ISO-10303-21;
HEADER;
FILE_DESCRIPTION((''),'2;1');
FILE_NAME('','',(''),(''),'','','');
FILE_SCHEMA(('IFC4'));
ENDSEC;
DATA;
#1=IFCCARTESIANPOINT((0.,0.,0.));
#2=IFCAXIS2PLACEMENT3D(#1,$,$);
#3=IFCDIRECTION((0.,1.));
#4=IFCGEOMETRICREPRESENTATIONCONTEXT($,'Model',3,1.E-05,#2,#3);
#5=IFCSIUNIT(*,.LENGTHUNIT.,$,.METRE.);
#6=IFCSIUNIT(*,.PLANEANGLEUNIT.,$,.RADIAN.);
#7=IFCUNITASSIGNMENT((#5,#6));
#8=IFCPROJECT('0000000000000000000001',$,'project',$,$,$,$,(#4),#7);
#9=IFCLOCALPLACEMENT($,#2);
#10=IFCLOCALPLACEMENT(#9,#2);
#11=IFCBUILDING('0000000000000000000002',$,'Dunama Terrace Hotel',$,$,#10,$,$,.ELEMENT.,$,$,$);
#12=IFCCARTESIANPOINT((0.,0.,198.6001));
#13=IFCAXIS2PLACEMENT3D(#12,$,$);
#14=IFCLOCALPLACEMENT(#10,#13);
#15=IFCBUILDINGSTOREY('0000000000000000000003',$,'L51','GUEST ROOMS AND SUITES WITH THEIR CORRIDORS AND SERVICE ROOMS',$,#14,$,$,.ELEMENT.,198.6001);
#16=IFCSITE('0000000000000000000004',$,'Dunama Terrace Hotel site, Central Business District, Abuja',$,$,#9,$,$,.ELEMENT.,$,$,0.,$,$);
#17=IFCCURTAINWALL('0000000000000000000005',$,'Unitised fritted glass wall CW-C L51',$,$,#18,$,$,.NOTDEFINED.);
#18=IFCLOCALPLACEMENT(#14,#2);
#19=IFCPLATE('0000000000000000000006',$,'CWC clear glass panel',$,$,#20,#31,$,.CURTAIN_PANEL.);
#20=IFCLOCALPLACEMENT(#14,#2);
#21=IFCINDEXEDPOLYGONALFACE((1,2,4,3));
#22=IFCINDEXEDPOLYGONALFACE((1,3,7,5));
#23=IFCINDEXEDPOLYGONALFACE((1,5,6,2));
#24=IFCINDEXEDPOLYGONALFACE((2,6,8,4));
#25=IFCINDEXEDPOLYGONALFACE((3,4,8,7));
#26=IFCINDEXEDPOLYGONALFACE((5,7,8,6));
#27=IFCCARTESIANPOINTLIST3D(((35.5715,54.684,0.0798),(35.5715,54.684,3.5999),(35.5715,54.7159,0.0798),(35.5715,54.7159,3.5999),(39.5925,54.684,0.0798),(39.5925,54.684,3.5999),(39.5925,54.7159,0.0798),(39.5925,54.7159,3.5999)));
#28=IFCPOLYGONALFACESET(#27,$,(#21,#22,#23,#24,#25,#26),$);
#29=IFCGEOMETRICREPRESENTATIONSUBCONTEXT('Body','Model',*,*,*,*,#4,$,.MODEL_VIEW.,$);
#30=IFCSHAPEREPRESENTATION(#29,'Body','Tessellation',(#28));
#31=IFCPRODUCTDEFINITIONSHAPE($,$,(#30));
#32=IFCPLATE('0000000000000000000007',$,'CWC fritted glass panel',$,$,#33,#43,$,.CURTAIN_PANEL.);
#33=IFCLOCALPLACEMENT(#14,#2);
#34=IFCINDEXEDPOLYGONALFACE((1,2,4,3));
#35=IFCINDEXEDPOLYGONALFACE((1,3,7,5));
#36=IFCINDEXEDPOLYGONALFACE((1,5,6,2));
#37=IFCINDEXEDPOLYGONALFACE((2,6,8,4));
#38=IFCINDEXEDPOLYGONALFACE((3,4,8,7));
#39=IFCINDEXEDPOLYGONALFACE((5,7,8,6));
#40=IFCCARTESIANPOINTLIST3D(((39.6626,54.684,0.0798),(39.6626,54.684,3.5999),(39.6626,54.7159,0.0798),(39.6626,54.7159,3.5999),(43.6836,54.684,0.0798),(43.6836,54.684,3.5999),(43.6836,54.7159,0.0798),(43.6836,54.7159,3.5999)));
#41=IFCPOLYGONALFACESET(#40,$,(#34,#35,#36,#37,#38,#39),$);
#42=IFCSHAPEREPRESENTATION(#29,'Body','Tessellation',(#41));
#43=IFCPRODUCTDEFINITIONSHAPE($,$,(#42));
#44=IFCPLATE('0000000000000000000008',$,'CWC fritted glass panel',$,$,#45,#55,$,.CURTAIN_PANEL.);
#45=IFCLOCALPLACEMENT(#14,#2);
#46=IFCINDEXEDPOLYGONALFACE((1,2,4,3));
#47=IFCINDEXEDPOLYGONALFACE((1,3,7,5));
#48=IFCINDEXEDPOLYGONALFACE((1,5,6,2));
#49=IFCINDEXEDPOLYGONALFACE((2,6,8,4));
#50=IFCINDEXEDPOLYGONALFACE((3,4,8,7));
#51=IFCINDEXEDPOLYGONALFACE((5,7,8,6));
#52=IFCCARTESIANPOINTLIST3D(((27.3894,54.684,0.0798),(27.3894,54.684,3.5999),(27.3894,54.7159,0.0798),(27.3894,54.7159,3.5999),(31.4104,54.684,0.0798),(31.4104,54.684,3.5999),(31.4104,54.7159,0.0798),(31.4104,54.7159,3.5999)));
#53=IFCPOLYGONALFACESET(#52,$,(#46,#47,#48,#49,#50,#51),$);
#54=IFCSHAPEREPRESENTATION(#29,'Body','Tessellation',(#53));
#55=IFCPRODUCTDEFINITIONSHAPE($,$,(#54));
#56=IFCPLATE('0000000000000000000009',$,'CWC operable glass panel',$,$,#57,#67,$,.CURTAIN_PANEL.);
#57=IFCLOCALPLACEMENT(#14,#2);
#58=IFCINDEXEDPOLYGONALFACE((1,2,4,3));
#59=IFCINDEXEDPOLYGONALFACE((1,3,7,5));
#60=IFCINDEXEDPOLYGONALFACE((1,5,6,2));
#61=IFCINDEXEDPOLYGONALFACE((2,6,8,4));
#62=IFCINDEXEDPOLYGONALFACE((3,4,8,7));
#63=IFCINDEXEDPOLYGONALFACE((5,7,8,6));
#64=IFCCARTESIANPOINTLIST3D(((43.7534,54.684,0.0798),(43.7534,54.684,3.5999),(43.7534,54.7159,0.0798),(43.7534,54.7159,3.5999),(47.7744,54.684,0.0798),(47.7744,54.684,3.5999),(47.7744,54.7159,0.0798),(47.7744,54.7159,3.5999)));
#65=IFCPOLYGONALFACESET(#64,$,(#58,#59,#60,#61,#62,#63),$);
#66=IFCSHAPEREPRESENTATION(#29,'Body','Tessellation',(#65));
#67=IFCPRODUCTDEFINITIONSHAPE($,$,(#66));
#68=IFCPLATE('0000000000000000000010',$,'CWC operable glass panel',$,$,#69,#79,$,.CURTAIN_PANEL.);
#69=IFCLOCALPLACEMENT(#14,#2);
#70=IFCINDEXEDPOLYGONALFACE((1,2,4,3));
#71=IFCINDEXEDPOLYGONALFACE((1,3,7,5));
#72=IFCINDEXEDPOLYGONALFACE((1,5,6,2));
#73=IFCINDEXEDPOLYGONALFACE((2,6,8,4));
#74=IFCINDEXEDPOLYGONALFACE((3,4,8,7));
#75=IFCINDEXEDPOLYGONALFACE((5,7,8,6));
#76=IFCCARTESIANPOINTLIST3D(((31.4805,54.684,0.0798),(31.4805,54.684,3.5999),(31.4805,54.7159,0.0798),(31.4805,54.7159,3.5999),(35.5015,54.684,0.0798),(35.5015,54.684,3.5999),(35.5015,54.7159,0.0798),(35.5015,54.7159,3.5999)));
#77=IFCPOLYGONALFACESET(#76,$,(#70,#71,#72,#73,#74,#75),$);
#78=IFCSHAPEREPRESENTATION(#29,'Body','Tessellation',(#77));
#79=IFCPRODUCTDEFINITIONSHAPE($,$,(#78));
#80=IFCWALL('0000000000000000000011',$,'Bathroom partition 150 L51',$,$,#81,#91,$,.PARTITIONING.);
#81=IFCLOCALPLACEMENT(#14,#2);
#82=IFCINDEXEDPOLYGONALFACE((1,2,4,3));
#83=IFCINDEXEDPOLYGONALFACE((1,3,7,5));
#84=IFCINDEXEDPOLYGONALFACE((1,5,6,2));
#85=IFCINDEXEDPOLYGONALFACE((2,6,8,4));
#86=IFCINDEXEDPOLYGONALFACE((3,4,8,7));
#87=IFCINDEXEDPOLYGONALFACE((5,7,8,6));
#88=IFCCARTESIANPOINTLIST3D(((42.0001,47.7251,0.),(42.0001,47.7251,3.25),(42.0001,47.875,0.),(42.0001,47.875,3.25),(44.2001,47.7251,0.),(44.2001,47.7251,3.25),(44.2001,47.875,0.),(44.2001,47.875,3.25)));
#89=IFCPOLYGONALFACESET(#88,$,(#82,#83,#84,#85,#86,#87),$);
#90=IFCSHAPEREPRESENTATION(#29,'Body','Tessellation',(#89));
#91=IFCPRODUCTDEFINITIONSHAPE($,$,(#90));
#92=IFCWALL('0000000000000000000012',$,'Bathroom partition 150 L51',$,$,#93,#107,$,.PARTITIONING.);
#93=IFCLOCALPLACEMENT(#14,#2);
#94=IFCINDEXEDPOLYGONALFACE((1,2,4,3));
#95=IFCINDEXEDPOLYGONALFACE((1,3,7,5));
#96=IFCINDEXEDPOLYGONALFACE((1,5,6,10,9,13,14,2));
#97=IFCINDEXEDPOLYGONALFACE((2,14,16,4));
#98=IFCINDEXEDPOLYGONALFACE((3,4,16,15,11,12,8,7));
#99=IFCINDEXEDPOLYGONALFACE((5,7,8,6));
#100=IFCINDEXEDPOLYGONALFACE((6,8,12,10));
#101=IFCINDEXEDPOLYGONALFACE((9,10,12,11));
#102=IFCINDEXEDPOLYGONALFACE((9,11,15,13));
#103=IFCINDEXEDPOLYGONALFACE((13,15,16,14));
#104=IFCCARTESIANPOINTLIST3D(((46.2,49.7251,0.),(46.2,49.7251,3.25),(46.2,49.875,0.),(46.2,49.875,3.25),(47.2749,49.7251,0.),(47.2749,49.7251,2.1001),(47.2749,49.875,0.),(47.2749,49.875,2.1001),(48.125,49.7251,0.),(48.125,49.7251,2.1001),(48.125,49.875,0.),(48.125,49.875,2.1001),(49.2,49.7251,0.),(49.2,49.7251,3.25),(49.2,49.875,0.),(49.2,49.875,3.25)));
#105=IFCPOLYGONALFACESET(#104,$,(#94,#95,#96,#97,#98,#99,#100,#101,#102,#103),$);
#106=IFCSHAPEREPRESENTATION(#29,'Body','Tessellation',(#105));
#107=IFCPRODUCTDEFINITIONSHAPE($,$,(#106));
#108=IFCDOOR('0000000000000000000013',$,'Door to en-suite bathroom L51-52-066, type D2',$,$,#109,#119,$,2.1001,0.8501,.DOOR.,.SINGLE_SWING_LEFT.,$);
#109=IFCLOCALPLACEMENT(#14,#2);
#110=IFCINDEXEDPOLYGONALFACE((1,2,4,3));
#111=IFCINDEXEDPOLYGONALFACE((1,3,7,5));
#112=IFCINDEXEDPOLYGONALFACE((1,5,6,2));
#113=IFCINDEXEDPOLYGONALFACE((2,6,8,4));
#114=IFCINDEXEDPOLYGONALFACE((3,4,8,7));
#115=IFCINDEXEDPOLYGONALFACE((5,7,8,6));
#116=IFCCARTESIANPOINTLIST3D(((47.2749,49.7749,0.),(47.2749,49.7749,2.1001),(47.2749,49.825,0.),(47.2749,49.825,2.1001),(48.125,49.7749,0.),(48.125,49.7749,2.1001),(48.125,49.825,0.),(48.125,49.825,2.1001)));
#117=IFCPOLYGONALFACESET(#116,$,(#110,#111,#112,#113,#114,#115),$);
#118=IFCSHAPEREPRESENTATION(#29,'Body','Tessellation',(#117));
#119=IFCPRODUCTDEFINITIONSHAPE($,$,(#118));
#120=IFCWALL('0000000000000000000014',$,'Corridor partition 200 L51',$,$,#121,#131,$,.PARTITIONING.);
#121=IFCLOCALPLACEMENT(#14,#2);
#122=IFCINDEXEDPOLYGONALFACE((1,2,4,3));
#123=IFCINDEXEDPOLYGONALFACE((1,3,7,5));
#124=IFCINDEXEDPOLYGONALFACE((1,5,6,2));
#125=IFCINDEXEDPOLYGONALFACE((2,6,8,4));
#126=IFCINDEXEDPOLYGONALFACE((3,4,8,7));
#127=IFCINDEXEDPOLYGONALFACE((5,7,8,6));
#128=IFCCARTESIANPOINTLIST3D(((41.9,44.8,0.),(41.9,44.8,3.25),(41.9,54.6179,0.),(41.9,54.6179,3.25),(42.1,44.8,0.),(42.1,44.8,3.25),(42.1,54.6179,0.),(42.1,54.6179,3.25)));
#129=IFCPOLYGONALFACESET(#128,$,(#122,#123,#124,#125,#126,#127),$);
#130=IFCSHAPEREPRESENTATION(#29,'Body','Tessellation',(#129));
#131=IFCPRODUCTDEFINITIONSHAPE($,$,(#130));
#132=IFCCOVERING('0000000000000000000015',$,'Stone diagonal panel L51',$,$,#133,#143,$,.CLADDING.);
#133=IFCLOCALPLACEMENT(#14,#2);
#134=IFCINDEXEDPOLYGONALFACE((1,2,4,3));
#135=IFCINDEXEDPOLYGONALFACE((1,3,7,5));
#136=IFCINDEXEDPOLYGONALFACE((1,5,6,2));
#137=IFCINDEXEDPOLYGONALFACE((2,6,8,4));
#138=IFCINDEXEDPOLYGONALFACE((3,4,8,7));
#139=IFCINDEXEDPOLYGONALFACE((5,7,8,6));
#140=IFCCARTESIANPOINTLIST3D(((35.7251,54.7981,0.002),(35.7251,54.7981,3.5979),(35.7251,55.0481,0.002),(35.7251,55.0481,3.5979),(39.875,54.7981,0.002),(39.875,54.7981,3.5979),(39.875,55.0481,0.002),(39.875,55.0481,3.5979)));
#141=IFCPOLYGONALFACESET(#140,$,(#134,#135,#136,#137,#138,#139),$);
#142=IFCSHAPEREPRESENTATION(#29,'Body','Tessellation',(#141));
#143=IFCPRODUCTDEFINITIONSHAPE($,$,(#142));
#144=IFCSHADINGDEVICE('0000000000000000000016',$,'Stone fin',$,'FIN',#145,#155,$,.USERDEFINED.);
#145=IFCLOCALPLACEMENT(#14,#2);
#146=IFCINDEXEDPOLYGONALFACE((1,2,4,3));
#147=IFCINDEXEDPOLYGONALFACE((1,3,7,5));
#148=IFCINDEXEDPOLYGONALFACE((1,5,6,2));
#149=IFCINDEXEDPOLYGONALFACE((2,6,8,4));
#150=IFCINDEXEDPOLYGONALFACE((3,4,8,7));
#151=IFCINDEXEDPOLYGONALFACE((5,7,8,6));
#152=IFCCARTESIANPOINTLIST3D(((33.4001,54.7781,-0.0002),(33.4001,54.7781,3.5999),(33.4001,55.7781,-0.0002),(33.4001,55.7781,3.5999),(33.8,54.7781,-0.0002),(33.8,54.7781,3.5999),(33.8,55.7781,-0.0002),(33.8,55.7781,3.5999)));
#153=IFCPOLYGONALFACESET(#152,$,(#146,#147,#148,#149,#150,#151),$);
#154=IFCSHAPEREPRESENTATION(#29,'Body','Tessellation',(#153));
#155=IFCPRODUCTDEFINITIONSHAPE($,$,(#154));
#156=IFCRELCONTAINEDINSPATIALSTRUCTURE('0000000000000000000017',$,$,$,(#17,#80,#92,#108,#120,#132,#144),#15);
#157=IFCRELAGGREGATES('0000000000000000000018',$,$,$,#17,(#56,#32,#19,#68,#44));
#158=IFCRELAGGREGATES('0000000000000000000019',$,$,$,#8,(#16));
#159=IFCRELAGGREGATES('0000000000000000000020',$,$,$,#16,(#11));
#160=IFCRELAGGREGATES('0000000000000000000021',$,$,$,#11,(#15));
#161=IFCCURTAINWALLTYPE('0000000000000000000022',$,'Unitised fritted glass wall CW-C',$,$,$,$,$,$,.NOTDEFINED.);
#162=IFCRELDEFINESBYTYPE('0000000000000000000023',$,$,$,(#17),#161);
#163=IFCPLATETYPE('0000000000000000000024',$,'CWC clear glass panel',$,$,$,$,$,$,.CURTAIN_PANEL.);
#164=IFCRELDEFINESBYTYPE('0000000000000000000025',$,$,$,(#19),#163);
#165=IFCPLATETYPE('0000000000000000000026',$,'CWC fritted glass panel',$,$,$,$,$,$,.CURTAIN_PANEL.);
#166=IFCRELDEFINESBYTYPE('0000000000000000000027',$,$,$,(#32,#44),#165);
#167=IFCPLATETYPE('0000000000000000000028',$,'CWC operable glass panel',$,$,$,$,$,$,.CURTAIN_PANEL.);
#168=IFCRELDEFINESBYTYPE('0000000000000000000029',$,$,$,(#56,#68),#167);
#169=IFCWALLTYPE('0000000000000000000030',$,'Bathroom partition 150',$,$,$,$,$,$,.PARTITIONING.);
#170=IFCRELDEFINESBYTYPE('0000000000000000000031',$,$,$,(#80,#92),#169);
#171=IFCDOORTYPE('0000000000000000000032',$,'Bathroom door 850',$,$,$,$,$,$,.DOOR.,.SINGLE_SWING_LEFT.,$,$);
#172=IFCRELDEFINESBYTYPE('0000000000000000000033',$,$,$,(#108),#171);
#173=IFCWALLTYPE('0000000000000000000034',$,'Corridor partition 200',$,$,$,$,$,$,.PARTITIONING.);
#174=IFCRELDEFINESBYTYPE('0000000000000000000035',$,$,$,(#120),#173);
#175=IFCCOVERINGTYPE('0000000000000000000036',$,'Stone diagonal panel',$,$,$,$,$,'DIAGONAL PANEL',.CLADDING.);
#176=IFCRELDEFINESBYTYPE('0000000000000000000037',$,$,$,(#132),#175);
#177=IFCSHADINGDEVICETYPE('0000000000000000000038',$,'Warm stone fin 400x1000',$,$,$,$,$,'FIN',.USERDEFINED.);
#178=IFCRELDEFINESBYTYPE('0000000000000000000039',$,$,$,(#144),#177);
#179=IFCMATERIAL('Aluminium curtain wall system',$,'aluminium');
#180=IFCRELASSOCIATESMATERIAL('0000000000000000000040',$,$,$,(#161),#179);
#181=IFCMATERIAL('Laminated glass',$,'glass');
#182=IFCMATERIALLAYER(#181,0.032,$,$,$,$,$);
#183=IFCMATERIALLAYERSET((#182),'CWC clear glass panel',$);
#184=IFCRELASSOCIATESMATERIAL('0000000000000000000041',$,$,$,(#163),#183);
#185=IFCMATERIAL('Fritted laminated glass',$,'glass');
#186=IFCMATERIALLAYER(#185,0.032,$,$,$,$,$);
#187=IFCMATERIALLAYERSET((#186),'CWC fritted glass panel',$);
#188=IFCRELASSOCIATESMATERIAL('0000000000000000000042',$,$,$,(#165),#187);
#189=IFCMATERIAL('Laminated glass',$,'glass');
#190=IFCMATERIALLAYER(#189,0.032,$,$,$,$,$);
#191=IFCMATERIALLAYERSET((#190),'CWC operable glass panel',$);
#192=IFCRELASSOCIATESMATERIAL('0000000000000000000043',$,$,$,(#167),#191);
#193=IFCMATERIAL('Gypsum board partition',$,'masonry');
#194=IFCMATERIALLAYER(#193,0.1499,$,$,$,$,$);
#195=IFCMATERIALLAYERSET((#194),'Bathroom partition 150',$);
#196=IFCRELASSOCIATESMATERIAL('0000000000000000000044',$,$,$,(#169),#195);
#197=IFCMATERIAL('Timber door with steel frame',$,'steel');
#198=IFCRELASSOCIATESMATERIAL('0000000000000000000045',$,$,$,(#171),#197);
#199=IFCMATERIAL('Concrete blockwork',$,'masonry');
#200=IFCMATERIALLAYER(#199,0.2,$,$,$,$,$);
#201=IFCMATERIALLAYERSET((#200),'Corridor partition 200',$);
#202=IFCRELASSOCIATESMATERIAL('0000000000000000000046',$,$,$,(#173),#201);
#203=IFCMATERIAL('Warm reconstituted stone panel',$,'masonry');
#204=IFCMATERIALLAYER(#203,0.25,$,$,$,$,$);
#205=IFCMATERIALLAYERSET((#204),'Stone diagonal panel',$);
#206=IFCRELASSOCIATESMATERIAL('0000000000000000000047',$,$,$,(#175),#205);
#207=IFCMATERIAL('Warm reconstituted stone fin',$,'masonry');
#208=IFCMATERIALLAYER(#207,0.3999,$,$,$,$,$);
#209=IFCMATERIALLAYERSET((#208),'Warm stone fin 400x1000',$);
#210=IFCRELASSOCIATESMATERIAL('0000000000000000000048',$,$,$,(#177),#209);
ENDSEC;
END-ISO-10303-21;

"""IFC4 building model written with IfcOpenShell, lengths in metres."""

from ifc_helpers import new_model, si_unit, direction, frame, frame_2d, origin, origin_2d, place, context, subcontext, project, spatial, rectangle, extrude, material, layer, layer_set, type_object, element, fill, aggregate, save


model = new_model("IFC4")

# Units and contexts
model_context = context("Model", 3, precision=1e-05, world=origin(), true_north=direction((0.0, 1.0)))
body_context = subcontext(model_context, "Body", "Model", "MODEL_VIEW")
ifc_project = project(units=[si_unit("LENGTHUNIT", "METRE"), si_unit("PLANEANGLEUNIT", "RADIAN")], contexts=[model_context])

# Site, building, storey
site_placement = place(None, origin())
site = spatial("IfcSite", under=ifc_project, at=site_placement, Name="Dunama Terrace Hotel site, Central Business District, Abuja", CompositionType="ELEMENT", RefElevation=0.0)
building_placement = place(site_placement, origin())
building = spatial("IfcBuilding", under=site, at=building_placement, Name="Dunama Terrace Hotel", CompositionType="ELEMENT")
storey_placement = place(building_placement, frame((0.0, 0.0, 198.6001)))
storey = spatial("IfcBuildingStorey", under=building, at=storey_placement, Name="L51", Description="GUEST ROOMS AND SUITES WITH THEIR CORRIDORS AND SERVICE ROOMS", CompositionType="ELEMENT", Elevation=198.6001)

# Curtain wall
ifc_material_1 = material(Name="Aluminium curtain wall system", Category="aluminium")
curtain_wall_type = type_object("IfcCurtainWallType", Name="Unitised fritted glass wall CW-C", PredefinedType="NOTDEFINED", material=ifc_material_1)
curtain_wall_placement = place(storey_placement, origin())
curtain_wall = element("IfcCurtainWall", 1, at=curtain_wall_placement, inside=storey, type_object=curtain_wall_type, Name="Unitised fritted glass wall CW-C L51", PredefinedType="NOTDEFINED")

# Plates
ifc_material_2 = material(Name="Laminated glass", Category="glass")
ifc_layer_1 = layer(ifc_material_2, 0.032)
ifc_layer_set_1 = layer_set([ifc_layer_1], Name="CWC clear glass panel")
plate_type_1 = type_object("IfcPlateType", Name="CWC clear glass panel", PredefinedType="CURTAIN_PANEL", material=ifc_layer_set_1)
plate_1_placement = place(storey_placement, frame((37.582, 54.7, 0.0798), z_axis=(0.0, 0.0, 1.0), x_axis=(-1.0, 0.0, 0.0)))
plate_1 = element("IfcPlate", 2, at=plate_1_placement, type_object=plate_type_1, Name="CWC clear glass panel", PredefinedType="CURTAIN_PANEL", context=body_context, shape_type="SweptSolid", body=[
    extrude(rectangle(XDim=4.021, YDim=0.032, at=origin_2d()), origin(), (0.0, 0.0, 1.0), 3.52),
])
ifc_material_3 = material(Name="Fritted laminated glass", Category="glass")
ifc_layer_2 = layer(ifc_material_3, 0.032)
ifc_layer_set_2 = layer_set([ifc_layer_2], Name="CWC fritted glass panel")
plate_type_2 = type_object("IfcPlateType", Name="CWC fritted glass panel", PredefinedType="CURTAIN_PANEL", material=ifc_layer_set_2)
plate_2_placement = place(storey_placement, frame((41.6731, 54.7, 0.0798), z_axis=(0.0, 0.0, 1.0), x_axis=(-1.0, 0.0, 0.0)))
plate_2 = element("IfcPlate", 3, at=plate_2_placement, type_object=plate_type_2, Name="CWC fritted glass panel", PredefinedType="CURTAIN_PANEL", context=body_context, shape_type="SweptSolid", body=[
    extrude(rectangle(XDim=4.021, YDim=0.032, at=origin_2d()), origin(), (0.0, 0.0, 1.0), 3.52),
])
plate_3_placement = place(storey_placement, frame((29.3999, 54.7, 0.0798), z_axis=(0.0, 0.0, 1.0), x_axis=(-1.0, 0.0, 0.0)))
plate_3 = element("IfcPlate", 4, at=plate_3_placement, type_object=plate_type_2, Name="CWC fritted glass panel", PredefinedType="CURTAIN_PANEL", context=body_context, shape_type="SweptSolid", body=[
    extrude(rectangle(XDim=4.021, YDim=0.032, at=origin_2d()), origin(), (0.0, 0.0, 1.0), 3.52),
])
ifc_material_4 = material(Name="Laminated glass", Category="glass")
ifc_layer_3 = layer(ifc_material_4, 0.032)
ifc_layer_set_3 = layer_set([ifc_layer_3], Name="CWC operable glass panel")
plate_type_3 = type_object("IfcPlateType", Name="CWC operable glass panel", PredefinedType="CURTAIN_PANEL", material=ifc_layer_set_3)
plate_4_placement = place(storey_placement, frame((45.7639, 54.7, 0.0798), z_axis=(0.0, 0.0, 1.0), x_axis=(-1.0, 0.0, 0.0)))
plate_4 = element("IfcPlate", 5, at=plate_4_placement, type_object=plate_type_3, Name="CWC operable glass panel", PredefinedType="CURTAIN_PANEL", context=body_context, shape_type="SweptSolid", body=[
    extrude(rectangle(XDim=4.021, YDim=0.032, at=origin_2d()), origin(), (0.0, 0.0, 1.0), 3.52),
])
plate_5_placement = place(storey_placement, frame((33.491, 54.7, 0.0798), z_axis=(0.0, 0.0, 1.0), x_axis=(-1.0, 0.0, 0.0)))
plate_5 = element("IfcPlate", 6, at=plate_5_placement, type_object=plate_type_3, Name="CWC operable glass panel", PredefinedType="CURTAIN_PANEL", context=body_context, shape_type="SweptSolid", body=[
    extrude(rectangle(XDim=4.021, YDim=0.032, at=origin_2d()), origin(), (0.0, 0.0, 1.0), 3.52),
])
aggregate(curtain_wall, [plate_4, plate_2, plate_1, plate_5, plate_3])

# Wall
ifc_material_5 = material(Name="Gypsum board partition", Category="masonry")
ifc_layer_4 = layer(ifc_material_5, 0.1499)
ifc_layer_set_4 = layer_set([ifc_layer_4], Name="Bathroom partition 150")
wall_type_1 = type_object("IfcWallType", Name="Bathroom partition 150", PredefinedType="PARTITIONING", material=ifc_layer_set_4)
wall_1_placement = place(storey_placement, frame((42.0, 47.8, 0.0), z_axis=(0.0, 0.0, 1.0), x_axis=(1.0, 0.0, 0.0)))
element("IfcWall", 7, at=wall_1_placement, inside=storey, type_object=wall_type_1, Name="Bathroom partition 150 L51", PredefinedType="PARTITIONING", context=body_context, shape_type="SweptSolid", body=[
    extrude(rectangle(XDim=2.2, YDim=0.1499, at=frame_2d((1.1001, 0.0))), origin(), (0.0, 0.0, 1.0), 3.25),
])

# Wall, opening, door
wall_2_placement = place(storey_placement, frame((46.2, 49.8, 0.0), z_axis=(0.0, 0.0, 1.0), x_axis=(1.0, 0.0, 0.0)))
wall_2 = element("IfcWall", 8, at=wall_2_placement, inside=storey, type_object=wall_type_1, Name="Bathroom partition 150 L51", PredefinedType="PARTITIONING", context=body_context, shape_type="SweptSolid", body=[
    extrude(rectangle(XDim=3.0, YDim=0.1499, at=frame_2d((1.5, 0.0))), origin(), (0.0, 0.0, 1.0), 3.25),
])
opening_placement = place(wall_2_placement, frame((1.075, 0.0, 0.0)))
opening = element("IfcOpeningElement", 9, at=opening_placement, cuts=wall_2, PredefinedType="OPENING", context=body_context, shape_type="SweptSolid", body=[
    extrude(rectangle(XDim=0.8501, YDim=2.1001, at=frame_2d((0.425, 1.05))), frame((0.0, 0.085, 0.0), z_axis=(0.0, -1.0, 0.0), x_axis=(1.0, 0.0, 0.0)), (0.0, 0.0, 1.0), 0.1699),
])
ifc_material_6 = material(Name="Timber door with steel frame", Category="steel")
door_type = type_object("IfcDoorType", Name="Bathroom door 850", OperationType="SINGLE_SWING_LEFT", PredefinedType="DOOR", material=ifc_material_6)
door_placement = place(opening_placement, frame((0.8501, 0.0, 0.0), z_axis=(0.0, 0.0, 1.0), x_axis=(-1.0, 0.0, 0.0)))
door = element("IfcDoor", 10, at=door_placement, inside=storey, type_object=door_type, Name="Door to en-suite bathroom L51-52-066, type D2", OperationType="SINGLE_SWING_LEFT", OverallHeight=2.1001, OverallWidth=0.8501, PredefinedType="DOOR", context=body_context, shape_type="SweptSolid", body=[
    extrude(rectangle(XDim=0.8501, YDim=2.1001, at=frame_2d((0.425, 1.05))), frame((0.0, 0.0251, 0.0), z_axis=(0.0, -1.0, 0.0), x_axis=(1.0, 0.0, 0.0)), (0.0, 0.0, 1.0), 0.05),
])
fill(opening, door)

# Wall
ifc_material_7 = material(Name="Concrete blockwork", Category="masonry")
ifc_layer_5 = layer(ifc_material_7, 0.2)
ifc_layer_set_5 = layer_set([ifc_layer_5], Name="Corridor partition 200")
wall_type_2 = type_object("IfcWallType", Name="Corridor partition 200", PredefinedType="PARTITIONING", material=ifc_layer_set_5)
wall_3_placement = place(storey_placement, frame((42.0, 54.6179, 0.0), z_axis=(0.0, 0.0, 1.0), x_axis=(0.0, -1.0, 0.0)))
element("IfcWall", 11, at=wall_3_placement, inside=storey, type_object=wall_type_2, Name="Corridor partition 200 L51", PredefinedType="PARTITIONING", context=body_context, shape_type="SweptSolid", body=[
    extrude(rectangle(XDim=9.8179, YDim=0.2, at=frame_2d((4.9089, 0.0))), origin(), (0.0, 0.0, 1.0), 3.25),
])

# Covering
ifc_material_8 = material(Name="Warm reconstituted stone panel", Category="masonry")
ifc_layer_6 = layer(ifc_material_8, 0.25)
ifc_layer_set_6 = layer_set([ifc_layer_6], Name="Stone diagonal panel")
covering_type = type_object("IfcCoveringType", Name="Stone diagonal panel", ElementType="DIAGONAL PANEL", PredefinedType="CLADDING", material=ifc_layer_set_6)
covering_placement = place(storey_placement, frame((37.8, 54.9231, 0.002), z_axis=(0.0, 0.0, 1.0), x_axis=(-1.0, 0.0, 0.0)))
element("IfcCovering", 12, at=covering_placement, inside=storey, type_object=covering_type, Name="Stone diagonal panel L51", PredefinedType="CLADDING", context=body_context, shape_type="SweptSolid", body=[
    extrude(rectangle(XDim=4.1499, YDim=0.25, at=origin_2d()), origin(), (0.0, 0.0, 1.0), 3.5959),
])

# Shading device
ifc_material_9 = material(Name="Warm reconstituted stone fin", Category="masonry")
ifc_layer_7 = layer(ifc_material_9, 0.3999)
ifc_layer_set_7 = layer_set([ifc_layer_7], Name="Warm stone fin 400x1000")
shading_device_type = type_object("IfcShadingDeviceType", Name="Warm stone fin 400x1000", ElementType="FIN", PredefinedType="USERDEFINED", material=ifc_layer_set_7)
shading_device_placement = place(storey_placement, frame((33.6001, 55.2781, -0.0002), z_axis=(0.0, 0.0, 1.0), x_axis=(-1.0, 0.0, 0.0)))
element("IfcShadingDevice", 13, at=shading_device_placement, inside=storey, type_object=shading_device_type, Name="Stone fin", ObjectType="FIN", PredefinedType="USERDEFINED", context=body_context, shape_type="SweptSolid", body=[
    extrude(rectangle(XDim=0.3999, YDim=1.0, at=origin_2d()), origin(), (0.0, 0.0, 1.0), 3.6001),
])

save(model, "model.ifc")
